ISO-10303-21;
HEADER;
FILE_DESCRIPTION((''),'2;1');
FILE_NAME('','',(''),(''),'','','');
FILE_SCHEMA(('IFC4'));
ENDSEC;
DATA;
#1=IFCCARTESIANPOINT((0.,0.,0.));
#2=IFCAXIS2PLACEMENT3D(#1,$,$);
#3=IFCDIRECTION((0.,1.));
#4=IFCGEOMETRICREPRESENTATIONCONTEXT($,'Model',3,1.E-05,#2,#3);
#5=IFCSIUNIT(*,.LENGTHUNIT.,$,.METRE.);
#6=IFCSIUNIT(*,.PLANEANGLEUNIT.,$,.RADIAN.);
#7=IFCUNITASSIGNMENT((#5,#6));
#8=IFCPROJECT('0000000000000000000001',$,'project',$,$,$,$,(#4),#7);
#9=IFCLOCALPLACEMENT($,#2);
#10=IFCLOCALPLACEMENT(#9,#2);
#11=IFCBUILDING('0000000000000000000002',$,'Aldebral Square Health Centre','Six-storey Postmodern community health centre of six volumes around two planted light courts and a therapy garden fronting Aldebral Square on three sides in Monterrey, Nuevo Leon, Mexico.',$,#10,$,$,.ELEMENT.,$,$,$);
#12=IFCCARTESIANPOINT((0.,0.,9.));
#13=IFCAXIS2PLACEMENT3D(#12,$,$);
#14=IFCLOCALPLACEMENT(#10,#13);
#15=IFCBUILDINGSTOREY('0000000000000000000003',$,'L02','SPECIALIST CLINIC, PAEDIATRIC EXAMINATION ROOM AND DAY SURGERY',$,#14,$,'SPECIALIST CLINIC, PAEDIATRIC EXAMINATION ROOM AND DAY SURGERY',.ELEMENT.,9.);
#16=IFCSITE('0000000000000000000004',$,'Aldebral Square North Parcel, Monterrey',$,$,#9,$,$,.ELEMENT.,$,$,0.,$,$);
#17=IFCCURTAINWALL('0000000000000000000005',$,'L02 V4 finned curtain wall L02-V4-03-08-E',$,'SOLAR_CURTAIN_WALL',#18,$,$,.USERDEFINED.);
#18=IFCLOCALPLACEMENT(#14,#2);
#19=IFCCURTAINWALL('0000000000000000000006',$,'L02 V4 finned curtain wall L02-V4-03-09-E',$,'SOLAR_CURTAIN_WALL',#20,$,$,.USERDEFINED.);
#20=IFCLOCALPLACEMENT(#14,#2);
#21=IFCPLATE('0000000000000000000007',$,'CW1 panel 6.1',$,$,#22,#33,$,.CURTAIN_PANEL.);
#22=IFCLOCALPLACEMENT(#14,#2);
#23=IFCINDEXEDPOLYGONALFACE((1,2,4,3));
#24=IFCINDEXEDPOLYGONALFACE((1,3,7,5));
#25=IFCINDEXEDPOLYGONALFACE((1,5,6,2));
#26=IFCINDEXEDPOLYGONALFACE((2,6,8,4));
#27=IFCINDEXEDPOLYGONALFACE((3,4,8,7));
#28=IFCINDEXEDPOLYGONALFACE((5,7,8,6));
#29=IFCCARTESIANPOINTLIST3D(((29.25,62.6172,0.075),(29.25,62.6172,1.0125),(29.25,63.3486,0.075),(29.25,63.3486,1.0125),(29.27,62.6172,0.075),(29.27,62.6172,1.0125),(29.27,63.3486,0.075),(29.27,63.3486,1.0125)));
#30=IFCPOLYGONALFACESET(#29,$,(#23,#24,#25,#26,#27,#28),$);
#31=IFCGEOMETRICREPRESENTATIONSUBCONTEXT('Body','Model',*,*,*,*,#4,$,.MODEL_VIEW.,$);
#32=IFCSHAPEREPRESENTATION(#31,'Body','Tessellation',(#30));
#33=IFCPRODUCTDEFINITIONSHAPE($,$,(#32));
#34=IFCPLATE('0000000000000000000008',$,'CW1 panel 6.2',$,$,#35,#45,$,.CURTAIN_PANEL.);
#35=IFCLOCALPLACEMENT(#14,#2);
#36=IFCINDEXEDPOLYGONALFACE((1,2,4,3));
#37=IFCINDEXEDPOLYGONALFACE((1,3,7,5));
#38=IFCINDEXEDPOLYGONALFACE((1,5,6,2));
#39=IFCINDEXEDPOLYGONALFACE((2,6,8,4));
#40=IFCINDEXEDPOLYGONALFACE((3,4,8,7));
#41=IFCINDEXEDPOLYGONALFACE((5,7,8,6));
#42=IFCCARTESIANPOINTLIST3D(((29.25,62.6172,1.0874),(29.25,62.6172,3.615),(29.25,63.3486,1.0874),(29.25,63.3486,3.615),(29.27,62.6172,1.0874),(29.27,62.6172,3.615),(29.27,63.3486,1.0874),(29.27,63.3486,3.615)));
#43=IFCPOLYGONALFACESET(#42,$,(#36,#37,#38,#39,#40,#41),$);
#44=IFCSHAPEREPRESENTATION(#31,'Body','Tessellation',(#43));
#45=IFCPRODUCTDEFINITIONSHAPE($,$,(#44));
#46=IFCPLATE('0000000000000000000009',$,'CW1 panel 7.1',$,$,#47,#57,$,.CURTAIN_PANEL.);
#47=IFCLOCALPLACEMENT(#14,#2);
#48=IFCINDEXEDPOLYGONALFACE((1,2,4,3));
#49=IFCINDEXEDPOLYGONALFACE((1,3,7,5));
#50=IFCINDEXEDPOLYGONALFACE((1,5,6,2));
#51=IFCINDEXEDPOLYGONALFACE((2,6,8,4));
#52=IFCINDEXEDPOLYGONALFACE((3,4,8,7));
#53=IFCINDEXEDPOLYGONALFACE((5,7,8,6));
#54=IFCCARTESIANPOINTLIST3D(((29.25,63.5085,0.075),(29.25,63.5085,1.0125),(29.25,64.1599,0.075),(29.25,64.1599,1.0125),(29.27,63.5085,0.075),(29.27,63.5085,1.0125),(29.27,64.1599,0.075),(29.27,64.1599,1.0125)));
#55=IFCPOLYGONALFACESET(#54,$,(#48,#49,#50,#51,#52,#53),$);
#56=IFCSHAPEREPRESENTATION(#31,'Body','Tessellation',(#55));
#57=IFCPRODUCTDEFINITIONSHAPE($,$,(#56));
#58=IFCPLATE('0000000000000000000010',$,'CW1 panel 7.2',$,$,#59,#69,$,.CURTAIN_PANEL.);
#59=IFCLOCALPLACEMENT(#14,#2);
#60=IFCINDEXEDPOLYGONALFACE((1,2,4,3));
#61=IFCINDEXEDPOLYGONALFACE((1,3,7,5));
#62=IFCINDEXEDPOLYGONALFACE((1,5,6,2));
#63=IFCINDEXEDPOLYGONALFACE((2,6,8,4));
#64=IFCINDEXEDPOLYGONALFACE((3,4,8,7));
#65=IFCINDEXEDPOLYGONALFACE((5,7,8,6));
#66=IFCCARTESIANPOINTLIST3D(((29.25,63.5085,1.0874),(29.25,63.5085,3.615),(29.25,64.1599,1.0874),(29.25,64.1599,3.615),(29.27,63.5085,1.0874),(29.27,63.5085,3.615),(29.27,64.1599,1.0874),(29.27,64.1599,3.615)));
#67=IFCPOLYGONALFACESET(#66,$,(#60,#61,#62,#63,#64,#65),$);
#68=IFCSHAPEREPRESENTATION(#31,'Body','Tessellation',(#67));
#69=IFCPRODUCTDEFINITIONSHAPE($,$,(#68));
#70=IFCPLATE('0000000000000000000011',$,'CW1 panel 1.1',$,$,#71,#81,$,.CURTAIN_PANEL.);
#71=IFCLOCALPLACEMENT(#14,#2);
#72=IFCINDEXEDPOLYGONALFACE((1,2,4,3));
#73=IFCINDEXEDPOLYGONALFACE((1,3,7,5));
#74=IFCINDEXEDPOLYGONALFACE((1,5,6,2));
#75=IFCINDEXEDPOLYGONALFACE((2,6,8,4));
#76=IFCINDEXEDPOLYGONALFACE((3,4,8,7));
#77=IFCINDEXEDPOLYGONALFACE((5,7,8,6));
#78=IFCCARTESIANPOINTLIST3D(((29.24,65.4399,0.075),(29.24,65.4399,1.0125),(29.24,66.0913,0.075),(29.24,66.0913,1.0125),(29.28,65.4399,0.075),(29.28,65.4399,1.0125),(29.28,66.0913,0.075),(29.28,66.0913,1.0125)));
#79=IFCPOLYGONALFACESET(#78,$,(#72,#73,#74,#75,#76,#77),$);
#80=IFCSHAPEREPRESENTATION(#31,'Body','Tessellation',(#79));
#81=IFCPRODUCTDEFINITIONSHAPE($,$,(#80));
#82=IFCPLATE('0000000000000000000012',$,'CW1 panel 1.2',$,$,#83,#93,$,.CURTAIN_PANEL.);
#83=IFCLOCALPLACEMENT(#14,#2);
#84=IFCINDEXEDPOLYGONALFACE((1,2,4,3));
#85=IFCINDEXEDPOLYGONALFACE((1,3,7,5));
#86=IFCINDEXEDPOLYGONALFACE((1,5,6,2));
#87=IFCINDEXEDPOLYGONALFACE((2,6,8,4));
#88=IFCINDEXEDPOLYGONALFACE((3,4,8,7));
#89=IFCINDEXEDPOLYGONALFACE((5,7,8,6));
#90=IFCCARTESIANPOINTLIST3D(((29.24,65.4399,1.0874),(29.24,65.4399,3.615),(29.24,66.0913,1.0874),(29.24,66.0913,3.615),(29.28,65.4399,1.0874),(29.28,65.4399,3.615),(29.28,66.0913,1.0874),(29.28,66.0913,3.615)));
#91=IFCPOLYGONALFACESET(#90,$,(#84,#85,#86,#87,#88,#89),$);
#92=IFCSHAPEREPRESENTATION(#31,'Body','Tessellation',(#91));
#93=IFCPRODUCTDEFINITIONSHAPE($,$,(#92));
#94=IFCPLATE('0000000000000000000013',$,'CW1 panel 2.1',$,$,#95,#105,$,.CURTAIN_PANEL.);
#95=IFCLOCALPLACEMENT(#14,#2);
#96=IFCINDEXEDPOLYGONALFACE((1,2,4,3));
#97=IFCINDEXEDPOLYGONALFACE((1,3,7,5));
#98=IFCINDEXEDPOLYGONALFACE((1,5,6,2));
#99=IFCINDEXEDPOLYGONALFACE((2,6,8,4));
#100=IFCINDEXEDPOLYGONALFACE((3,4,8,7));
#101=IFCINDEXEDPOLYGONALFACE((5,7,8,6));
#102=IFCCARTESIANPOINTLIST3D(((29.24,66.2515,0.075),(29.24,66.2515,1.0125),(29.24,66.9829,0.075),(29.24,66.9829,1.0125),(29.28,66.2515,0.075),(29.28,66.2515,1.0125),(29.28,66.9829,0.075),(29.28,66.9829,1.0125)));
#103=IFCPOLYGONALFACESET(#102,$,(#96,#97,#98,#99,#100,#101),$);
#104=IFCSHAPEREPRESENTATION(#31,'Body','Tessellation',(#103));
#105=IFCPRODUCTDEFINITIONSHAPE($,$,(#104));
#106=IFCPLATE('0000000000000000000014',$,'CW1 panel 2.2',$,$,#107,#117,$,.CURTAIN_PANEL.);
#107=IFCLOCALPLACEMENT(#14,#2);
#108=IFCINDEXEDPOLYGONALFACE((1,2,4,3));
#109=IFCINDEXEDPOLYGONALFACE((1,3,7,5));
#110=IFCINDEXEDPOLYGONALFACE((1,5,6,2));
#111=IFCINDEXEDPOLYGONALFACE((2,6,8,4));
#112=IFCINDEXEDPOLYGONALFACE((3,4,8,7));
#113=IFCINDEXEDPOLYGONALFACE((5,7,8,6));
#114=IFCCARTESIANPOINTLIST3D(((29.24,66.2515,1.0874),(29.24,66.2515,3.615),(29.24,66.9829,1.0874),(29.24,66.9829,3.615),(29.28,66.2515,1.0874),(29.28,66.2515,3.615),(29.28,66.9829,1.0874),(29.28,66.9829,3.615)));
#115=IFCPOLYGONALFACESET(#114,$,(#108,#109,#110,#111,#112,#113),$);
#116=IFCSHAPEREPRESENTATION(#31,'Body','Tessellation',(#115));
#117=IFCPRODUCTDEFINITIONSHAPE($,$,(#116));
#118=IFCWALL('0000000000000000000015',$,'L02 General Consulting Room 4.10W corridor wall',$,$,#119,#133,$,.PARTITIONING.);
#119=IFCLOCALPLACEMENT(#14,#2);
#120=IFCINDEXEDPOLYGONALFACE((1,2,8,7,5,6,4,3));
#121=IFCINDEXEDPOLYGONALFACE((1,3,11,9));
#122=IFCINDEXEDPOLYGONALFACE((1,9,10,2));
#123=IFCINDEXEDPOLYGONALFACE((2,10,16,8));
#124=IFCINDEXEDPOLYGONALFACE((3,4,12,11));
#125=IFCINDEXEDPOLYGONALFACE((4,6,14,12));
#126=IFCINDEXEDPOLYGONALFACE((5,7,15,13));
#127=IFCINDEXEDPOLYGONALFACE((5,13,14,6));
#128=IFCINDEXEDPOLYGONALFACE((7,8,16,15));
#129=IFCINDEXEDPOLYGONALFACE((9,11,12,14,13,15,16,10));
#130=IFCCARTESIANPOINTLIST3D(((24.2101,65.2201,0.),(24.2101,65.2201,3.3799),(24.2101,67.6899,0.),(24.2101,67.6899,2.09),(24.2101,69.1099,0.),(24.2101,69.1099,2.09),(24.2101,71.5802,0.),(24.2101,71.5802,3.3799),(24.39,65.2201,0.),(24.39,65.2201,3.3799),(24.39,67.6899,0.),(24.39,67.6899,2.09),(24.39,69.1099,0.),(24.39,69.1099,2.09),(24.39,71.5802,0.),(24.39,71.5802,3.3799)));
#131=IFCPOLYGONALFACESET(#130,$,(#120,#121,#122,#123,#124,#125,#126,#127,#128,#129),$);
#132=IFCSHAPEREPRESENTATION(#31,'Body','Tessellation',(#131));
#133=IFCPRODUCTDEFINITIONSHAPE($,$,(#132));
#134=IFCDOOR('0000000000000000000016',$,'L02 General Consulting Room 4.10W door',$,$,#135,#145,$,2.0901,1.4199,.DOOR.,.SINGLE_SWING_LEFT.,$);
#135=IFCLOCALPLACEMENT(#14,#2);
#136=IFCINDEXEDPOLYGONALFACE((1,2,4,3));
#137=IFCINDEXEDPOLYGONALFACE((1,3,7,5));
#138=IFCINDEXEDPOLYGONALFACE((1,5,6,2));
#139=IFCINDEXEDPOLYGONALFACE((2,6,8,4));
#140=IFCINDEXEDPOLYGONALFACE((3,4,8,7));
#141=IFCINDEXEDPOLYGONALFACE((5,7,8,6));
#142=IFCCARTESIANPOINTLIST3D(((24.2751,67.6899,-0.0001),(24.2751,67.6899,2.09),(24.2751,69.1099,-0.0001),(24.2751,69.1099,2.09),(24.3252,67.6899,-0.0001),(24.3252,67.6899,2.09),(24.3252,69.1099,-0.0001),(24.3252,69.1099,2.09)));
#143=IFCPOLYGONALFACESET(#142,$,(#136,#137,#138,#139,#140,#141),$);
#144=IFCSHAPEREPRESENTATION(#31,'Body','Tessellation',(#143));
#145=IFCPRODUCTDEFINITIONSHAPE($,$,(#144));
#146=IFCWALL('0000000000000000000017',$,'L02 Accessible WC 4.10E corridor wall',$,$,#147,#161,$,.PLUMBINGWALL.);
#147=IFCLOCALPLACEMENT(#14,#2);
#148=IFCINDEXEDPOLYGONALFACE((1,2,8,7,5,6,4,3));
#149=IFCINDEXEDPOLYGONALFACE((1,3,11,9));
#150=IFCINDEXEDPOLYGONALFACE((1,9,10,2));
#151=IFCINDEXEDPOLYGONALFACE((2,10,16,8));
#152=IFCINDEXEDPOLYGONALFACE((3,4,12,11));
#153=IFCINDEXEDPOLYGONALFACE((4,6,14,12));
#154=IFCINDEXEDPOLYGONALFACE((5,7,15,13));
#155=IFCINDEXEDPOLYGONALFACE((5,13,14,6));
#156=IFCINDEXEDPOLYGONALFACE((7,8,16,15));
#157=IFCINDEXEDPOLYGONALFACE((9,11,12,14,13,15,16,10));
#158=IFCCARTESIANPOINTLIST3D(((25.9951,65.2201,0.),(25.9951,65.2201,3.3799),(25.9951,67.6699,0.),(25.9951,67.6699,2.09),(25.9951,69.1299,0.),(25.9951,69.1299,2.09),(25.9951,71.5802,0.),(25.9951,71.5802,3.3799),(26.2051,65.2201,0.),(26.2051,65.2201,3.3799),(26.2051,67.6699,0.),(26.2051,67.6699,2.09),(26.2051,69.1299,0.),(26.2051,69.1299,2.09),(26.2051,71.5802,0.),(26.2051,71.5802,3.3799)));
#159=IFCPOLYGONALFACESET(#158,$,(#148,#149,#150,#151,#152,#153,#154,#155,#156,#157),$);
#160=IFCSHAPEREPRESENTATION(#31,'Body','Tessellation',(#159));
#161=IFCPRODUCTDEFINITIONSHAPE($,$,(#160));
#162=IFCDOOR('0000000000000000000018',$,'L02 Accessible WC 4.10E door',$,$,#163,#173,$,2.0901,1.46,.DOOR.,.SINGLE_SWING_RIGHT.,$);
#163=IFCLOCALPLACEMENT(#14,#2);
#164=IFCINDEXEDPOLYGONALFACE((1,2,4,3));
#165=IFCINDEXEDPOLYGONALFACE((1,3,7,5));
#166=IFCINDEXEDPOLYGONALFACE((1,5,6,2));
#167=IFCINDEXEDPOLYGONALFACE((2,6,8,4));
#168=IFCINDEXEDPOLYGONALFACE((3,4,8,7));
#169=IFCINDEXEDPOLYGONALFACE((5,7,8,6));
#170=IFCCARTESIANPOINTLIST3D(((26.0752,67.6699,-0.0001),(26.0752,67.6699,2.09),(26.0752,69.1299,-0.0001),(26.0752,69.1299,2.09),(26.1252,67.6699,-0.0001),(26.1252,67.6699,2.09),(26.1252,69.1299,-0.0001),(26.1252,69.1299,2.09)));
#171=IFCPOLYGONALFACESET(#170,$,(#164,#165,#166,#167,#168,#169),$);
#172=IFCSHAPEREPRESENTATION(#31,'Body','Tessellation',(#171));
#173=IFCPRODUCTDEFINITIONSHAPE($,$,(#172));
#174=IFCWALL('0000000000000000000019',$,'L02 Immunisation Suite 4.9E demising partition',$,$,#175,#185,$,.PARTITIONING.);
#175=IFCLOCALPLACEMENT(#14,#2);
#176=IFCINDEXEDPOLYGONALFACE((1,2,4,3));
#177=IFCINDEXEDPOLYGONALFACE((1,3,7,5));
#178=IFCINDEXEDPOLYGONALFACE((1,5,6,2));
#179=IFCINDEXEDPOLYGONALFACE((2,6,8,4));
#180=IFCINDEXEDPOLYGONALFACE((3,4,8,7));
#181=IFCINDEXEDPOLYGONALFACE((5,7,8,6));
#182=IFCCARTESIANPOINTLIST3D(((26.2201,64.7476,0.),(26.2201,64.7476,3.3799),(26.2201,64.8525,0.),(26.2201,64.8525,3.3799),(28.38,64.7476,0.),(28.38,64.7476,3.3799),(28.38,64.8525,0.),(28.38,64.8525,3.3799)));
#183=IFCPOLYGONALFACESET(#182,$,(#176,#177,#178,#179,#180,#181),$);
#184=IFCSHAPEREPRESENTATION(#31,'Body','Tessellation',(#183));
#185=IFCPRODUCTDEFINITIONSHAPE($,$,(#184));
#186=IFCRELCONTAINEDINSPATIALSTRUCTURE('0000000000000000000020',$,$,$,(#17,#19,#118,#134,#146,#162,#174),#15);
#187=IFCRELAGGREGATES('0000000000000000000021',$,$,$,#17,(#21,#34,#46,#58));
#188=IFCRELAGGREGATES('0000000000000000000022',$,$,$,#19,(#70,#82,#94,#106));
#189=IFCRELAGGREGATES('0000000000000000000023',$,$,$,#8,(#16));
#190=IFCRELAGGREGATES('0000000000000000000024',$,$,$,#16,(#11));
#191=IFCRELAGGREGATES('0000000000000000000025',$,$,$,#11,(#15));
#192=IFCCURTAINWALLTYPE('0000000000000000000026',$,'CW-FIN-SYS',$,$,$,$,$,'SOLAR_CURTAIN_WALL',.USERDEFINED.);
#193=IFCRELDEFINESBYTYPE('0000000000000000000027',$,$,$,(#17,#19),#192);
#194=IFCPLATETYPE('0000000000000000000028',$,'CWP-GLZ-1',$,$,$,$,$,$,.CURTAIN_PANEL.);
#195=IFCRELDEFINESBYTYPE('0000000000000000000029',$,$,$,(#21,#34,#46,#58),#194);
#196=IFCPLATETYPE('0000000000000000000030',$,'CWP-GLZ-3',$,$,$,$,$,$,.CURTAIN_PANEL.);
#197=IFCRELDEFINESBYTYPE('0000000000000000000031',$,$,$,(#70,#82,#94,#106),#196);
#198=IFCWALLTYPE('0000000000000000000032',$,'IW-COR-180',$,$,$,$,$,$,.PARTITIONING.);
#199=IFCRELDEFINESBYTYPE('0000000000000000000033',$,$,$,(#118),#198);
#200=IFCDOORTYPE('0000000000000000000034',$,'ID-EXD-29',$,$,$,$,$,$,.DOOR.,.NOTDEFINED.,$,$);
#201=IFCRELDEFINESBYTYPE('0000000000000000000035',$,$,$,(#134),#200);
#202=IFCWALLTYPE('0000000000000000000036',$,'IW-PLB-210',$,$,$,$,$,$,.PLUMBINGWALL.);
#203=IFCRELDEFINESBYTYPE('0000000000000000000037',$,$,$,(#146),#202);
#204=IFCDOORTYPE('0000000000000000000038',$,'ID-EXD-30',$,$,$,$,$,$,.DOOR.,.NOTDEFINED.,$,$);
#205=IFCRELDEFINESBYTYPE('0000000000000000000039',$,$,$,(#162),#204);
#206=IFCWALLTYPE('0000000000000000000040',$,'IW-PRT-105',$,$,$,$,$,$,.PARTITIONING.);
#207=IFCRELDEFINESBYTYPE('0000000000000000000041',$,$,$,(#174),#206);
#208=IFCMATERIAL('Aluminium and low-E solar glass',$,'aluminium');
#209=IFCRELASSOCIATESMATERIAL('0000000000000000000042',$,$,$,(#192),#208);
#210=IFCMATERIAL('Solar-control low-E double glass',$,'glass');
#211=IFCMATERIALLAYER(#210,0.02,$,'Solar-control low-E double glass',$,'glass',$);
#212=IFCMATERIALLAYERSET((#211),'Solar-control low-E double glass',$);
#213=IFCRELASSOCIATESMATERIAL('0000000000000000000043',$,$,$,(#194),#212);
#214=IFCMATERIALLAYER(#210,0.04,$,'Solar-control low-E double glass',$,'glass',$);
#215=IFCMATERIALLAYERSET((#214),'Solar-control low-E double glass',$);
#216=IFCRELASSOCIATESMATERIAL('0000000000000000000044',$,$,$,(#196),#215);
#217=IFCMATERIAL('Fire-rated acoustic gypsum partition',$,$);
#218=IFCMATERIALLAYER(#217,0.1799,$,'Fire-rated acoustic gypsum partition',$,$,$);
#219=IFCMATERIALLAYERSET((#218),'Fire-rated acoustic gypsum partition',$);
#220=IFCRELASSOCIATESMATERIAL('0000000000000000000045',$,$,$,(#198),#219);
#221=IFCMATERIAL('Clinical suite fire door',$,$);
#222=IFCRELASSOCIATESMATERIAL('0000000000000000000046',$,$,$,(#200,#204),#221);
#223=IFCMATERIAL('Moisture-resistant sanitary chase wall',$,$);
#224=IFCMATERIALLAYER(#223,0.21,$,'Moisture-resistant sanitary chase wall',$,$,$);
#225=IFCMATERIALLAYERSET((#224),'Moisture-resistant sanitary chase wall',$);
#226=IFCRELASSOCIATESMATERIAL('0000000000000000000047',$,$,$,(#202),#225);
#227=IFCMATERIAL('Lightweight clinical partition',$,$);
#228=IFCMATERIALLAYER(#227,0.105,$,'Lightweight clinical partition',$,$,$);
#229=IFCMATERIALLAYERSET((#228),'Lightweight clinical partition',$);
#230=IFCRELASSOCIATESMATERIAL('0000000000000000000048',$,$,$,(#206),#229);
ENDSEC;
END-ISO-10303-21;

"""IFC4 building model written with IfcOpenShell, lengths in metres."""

from ifc_helpers import new_model, si_unit, direction, frame, frame_2d, origin, origin_2d, place, context, subcontext, project, spatial, rectangle, extrude, material, layer, layer_set, type_object, element, fill, aggregate, save


model = new_model("IFC4")

# Units and contexts
model_context = context("Model", 3, precision=1e-05, world=origin(), true_north=direction((0.0, 1.0)))
body_context = subcontext(model_context, "Body", "Model", "MODEL_VIEW")
ifc_project = project(units=[si_unit("LENGTHUNIT", "METRE"), si_unit("PLANEANGLEUNIT", "RADIAN")], contexts=[model_context])

# Site, building, storey
site_placement = place(None, origin())
site = spatial("IfcSite", under=ifc_project, at=site_placement, Name="Aldebral Square North Parcel, Monterrey", CompositionType="ELEMENT", RefElevation=0.0)
building_placement = place(site_placement, origin())
building = spatial("IfcBuilding", under=site, at=building_placement, Name="Aldebral Square Health Centre", Description="Six-storey Postmodern community health centre of six volumes around two planted light courts and a therapy garden fronting Aldebral Square on three sides in Monterrey, Nuevo Leon, Mexico.", CompositionType="ELEMENT")
storey_placement = place(building_placement, frame((0.0, 0.0, 9.0)))
storey = spatial("IfcBuildingStorey", under=building, at=storey_placement, Name="L02", Description="SPECIALIST CLINIC, PAEDIATRIC EXAMINATION ROOM AND DAY SURGERY", LongName="SPECIALIST CLINIC, PAEDIATRIC EXAMINATION ROOM AND DAY SURGERY", CompositionType="ELEMENT", Elevation=9.0)

# Curtain walls
ifc_material_1 = material(Name="Aluminium and low-E solar glass", Category="aluminium")
curtain_wall_type = type_object("IfcCurtainWallType", Name="CW-FIN-SYS", ElementType="SOLAR_CURTAIN_WALL", PredefinedType="USERDEFINED", material=ifc_material_1)
curtain_wall_1_placement = place(storey_placement, origin())
curtain_wall_1 = element("IfcCurtainWall", 1, at=curtain_wall_1_placement, inside=storey, type_object=curtain_wall_type, Name="L02 V4 finned curtain wall L02-V4-03-08-E", ObjectType="SOLAR_CURTAIN_WALL", PredefinedType="USERDEFINED")
curtain_wall_2_placement = place(storey_placement, origin())
curtain_wall_2 = element("IfcCurtainWall", 2, at=curtain_wall_2_placement, inside=storey, type_object=curtain_wall_type, Name="L02 V4 finned curtain wall L02-V4-03-09-E", ObjectType="SOLAR_CURTAIN_WALL", PredefinedType="USERDEFINED")

# Plates
ifc_material_2 = material(Name="Solar-control low-E double glass", Category="glass")
ifc_layer_1 = layer(ifc_material_2, 0.02, Name="Solar-control low-E double glass", Category="glass")
ifc_layer_set_1 = layer_set([ifc_layer_1], Name="Solar-control low-E double glass")
plate_type_1 = type_object("IfcPlateType", Name="CWP-GLZ-1", PredefinedType="CURTAIN_PANEL", material=ifc_layer_set_1)
plate_1_placement = place(storey_placement, frame((29.26, 62.9829, 0.075), z_axis=(0.0, 0.0, 1.0), x_axis=(0.0, 1.0, 0.0)))
plate_1 = element("IfcPlate", 3, at=plate_1_placement, type_object=plate_type_1, Name="CW1 panel 6.1", PredefinedType="CURTAIN_PANEL", context=body_context, shape_type="SweptSolid", body=[
    extrude(rectangle(XDim=0.7314, YDim=0.02, at=origin_2d()), origin(), (0.0, 0.0, 1.0), 0.9375),
])
plate_2_placement = place(storey_placement, frame((29.26, 62.9829, 1.0874), z_axis=(0.0, 0.0, 1.0), x_axis=(0.0, 1.0, 0.0)))
plate_2 = element("IfcPlate", 4, at=plate_2_placement, type_object=plate_type_1, Name="CW1 panel 6.2", PredefinedType="CURTAIN_PANEL", context=body_context, shape_type="SweptSolid", body=[
    extrude(rectangle(XDim=0.7314, YDim=0.02, at=origin_2d()), origin(), (0.0, 0.0, 1.0), 2.5276),
])
plate_3_placement = place(storey_placement, frame((29.26, 63.8342, 0.075), z_axis=(0.0, 0.0, 1.0), x_axis=(0.0, 1.0, 0.0)))
plate_3 = element("IfcPlate", 5, at=plate_3_placement, type_object=plate_type_1, Name="CW1 panel 7.1", PredefinedType="CURTAIN_PANEL", context=body_context, shape_type="SweptSolid", body=[
    extrude(rectangle(XDim=0.6514, YDim=0.02, at=origin_2d()), origin(), (0.0, 0.0, 1.0), 0.9375),
])
plate_4_placement = place(storey_placement, frame((29.26, 63.8342, 1.0874), z_axis=(0.0, 0.0, 1.0), x_axis=(0.0, 1.0, 0.0)))
plate_4 = element("IfcPlate", 6, at=plate_4_placement, type_object=plate_type_1, Name="CW1 panel 7.2", PredefinedType="CURTAIN_PANEL", context=body_context, shape_type="SweptSolid", body=[
    extrude(rectangle(XDim=0.6514, YDim=0.02, at=origin_2d()), origin(), (0.0, 0.0, 1.0), 2.5276),
])
aggregate(curtain_wall_1, [plate_1, plate_2, plate_3, plate_4])
ifc_layer_2 = layer(ifc_material_2, 0.04, Name="Solar-control low-E double glass", Category="glass")
ifc_layer_set_2 = layer_set([ifc_layer_2], Name="Solar-control low-E double glass")
plate_type_2 = type_object("IfcPlateType", Name="CWP-GLZ-3", PredefinedType="CURTAIN_PANEL", material=ifc_layer_set_2)
plate_5_placement = place(storey_placement, frame((29.26, 65.7656, 0.075), z_axis=(0.0, 0.0, 1.0), x_axis=(0.0, 1.0, 0.0)))
plate_5 = element("IfcPlate", 7, at=plate_5_placement, type_object=plate_type_2, Name="CW1 panel 1.1", PredefinedType="CURTAIN_PANEL", context=body_context, shape_type="SweptSolid", body=[
    extrude(rectangle(XDim=0.6514, YDim=0.04, at=origin_2d()), origin(), (0.0, 0.0, 1.0), 0.9375),
])
plate_6_placement = place(storey_placement, frame((29.26, 65.7656, 1.0874), z_axis=(0.0, 0.0, 1.0), x_axis=(0.0, 1.0, 0.0)))
plate_6 = element("IfcPlate", 8, at=plate_6_placement, type_object=plate_type_2, Name="CW1 panel 1.2", PredefinedType="CURTAIN_PANEL", context=body_context, shape_type="SweptSolid", body=[
    extrude(rectangle(XDim=0.6514, YDim=0.04, at=origin_2d()), origin(), (0.0, 0.0, 1.0), 2.5276),
])
plate_7_placement = place(storey_placement, frame((29.26, 66.6172, 0.075), z_axis=(0.0, 0.0, 1.0), x_axis=(0.0, 1.0, 0.0)))
plate_7 = element("IfcPlate", 9, at=plate_7_placement, type_object=plate_type_2, Name="CW1 panel 2.1", PredefinedType="CURTAIN_PANEL", context=body_context, shape_type="SweptSolid", body=[
    extrude(rectangle(XDim=0.7314, YDim=0.04, at=origin_2d()), origin(), (0.0, 0.0, 1.0), 0.9375),
])
plate_8_placement = place(storey_placement, frame((29.26, 66.6172, 1.0874), z_axis=(0.0, 0.0, 1.0), x_axis=(0.0, 1.0, 0.0)))
plate_8 = element("IfcPlate", 10, at=plate_8_placement, type_object=plate_type_2, Name="CW1 panel 2.2", PredefinedType="CURTAIN_PANEL", context=body_context, shape_type="SweptSolid", body=[
    extrude(rectangle(XDim=0.7314, YDim=0.04, at=origin_2d()), origin(), (0.0, 0.0, 1.0), 2.5276),
])
aggregate(curtain_wall_2, [plate_5, plate_6, plate_7, plate_8])

# Walls, openings, doors
ifc_material_3 = material(Name="Fire-rated acoustic gypsum partition")
ifc_layer_3 = layer(ifc_material_3, 0.1799, Name="Fire-rated acoustic gypsum partition")
ifc_layer_set_3 = layer_set([ifc_layer_3], Name="Fire-rated acoustic gypsum partition")
wall_type_1 = type_object("IfcWallType", Name="IW-COR-180", PredefinedType="PARTITIONING", material=ifc_layer_set_3)
wall_1_placement = place(storey_placement, frame((24.3, 65.22, 0.0), z_axis=(0.0, 0.0, 1.0), x_axis=(0.0, 1.0, 0.0)))
wall_1 = element("IfcWall", 11, at=wall_1_placement, inside=storey, type_object=wall_type_1, Name="L02 General Consulting Room 4.10W corridor wall", PredefinedType="PARTITIONING", context=body_context, shape_type="SweptSolid", body=[
    extrude(rectangle(XDim=6.3601, YDim=0.1799, at=frame_2d((3.1802, 0.0))), origin(), (0.0, 0.0, 1.0), 3.3799),
])
opening_1_placement = place(wall_1_placement, frame((2.47, 0.0, 0.0)))
opening_1 = element("IfcOpeningElement", 12, at=opening_1_placement, cuts=wall_1, PredefinedType="OPENING", context=body_context, shape_type="SweptSolid", body=[
    extrude(rectangle(XDim=1.4199, YDim=2.0901, at=frame_2d((0.71, 1.0449))), frame((0.0, 0.1001, 0.0), z_axis=(0.0, -1.0, 0.0), x_axis=(1.0, 0.0, 0.0)), (0.0, 0.0, 1.0), 0.2),
])
ifc_material_4 = material(Name="Clinical suite fire door")
door_type_1 = type_object("IfcDoorType", Name="ID-EXD-29", OperationType="NOTDEFINED", PredefinedType="DOOR", material=ifc_material_4)
door_1_placement = place(opening_1_placement, origin())
door_1 = element("IfcDoor", 13, at=door_1_placement, inside=storey, type_object=door_type_1, Name="L02 General Consulting Room 4.10W door", OperationType="SINGLE_SWING_LEFT", OverallHeight=2.0901, OverallWidth=1.4199, PredefinedType="DOOR", context=body_context, shape_type="SweptSolid", body=[
    extrude(rectangle(XDim=1.4199, YDim=2.0901, at=frame_2d((0.71, 1.0449))), frame((0.0, 0.0249, 0.0), z_axis=(0.0, -1.0, 0.0), x_axis=(1.0, 0.0, 0.0)), (0.0, 0.0, 1.0), 0.05),
])
fill(opening_1, door_1)
ifc_material_5 = material(Name="Moisture-resistant sanitary chase wall")
ifc_layer_4 = layer(ifc_material_5, 0.21, Name="Moisture-resistant sanitary chase wall")
ifc_layer_set_4 = layer_set([ifc_layer_4], Name="Moisture-resistant sanitary chase wall")
wall_type_2 = type_object("IfcWallType", Name="IW-PLB-210", PredefinedType="PLUMBINGWALL", material=ifc_layer_set_4)
wall_2_placement = place(storey_placement, frame((26.1001, 65.22, 0.0), z_axis=(0.0, 0.0, 1.0), x_axis=(0.0, 1.0, 0.0)))
wall_2 = element("IfcWall", 14, at=wall_2_placement, inside=storey, type_object=wall_type_2, Name="L02 Accessible WC 4.10E corridor wall", PredefinedType="PLUMBINGWALL", context=body_context, shape_type="SweptSolid", body=[
    extrude(rectangle(XDim=6.3601, YDim=0.21, at=frame_2d((3.1802, 0.0))), origin(), (0.0, 0.0, 1.0), 3.3799),
])
opening_2_placement = place(wall_2_placement, frame((2.45, 0.0, 0.0)))
opening_2 = element("IfcOpeningElement", 15, at=opening_2_placement, cuts=wall_2, PredefinedType="OPENING", context=body_context, shape_type="SweptSolid", body=[
    extrude(rectangle(XDim=1.46, YDim=2.0901, at=frame_2d((0.73, 1.0449))), frame((0.0, 0.115, 0.0), z_axis=(0.0, -1.0, 0.0), x_axis=(1.0, 0.0, 0.0)), (0.0, 0.0, 1.0), 0.23),
])
door_type_2 = type_object("IfcDoorType", Name="ID-EXD-30", OperationType="NOTDEFINED", PredefinedType="DOOR", material=ifc_material_4)
door_2_placement = place(opening_2_placement, origin())
door_2 = element("IfcDoor", 16, at=door_2_placement, inside=storey, type_object=door_type_2, Name="L02 Accessible WC 4.10E door", OperationType="SINGLE_SWING_RIGHT", OverallHeight=2.0901, OverallWidth=1.46, PredefinedType="DOOR", context=body_context, shape_type="SweptSolid", body=[
    extrude(rectangle(XDim=1.46, YDim=2.0901, at=frame_2d((0.73, 1.0449))), frame((0.0, 0.0249, 0.0), z_axis=(0.0, -1.0, 0.0), x_axis=(1.0, 0.0, 0.0)), (0.0, 0.0, 1.0), 0.05),
])
fill(opening_2, door_2)

# Wall
ifc_material_6 = material(Name="Lightweight clinical partition")
ifc_layer_5 = layer(ifc_material_6, 0.105, Name="Lightweight clinical partition")
ifc_layer_set_5 = layer_set([ifc_layer_5], Name="Lightweight clinical partition")
wall_type_3 = type_object("IfcWallType", Name="IW-PRT-105", PredefinedType="PARTITIONING", material=ifc_layer_set_5)
wall_3_placement = place(storey_placement, frame((26.22, 64.8, 0.0), z_axis=(0.0, 0.0, 1.0), x_axis=(1.0, 0.0, 0.0)))
element("IfcWall", 17, at=wall_3_placement, inside=storey, type_object=wall_type_3, Name="L02 Immunisation Suite 4.9E demising partition", PredefinedType="PARTITIONING", context=body_context, shape_type="SweptSolid", body=[
    extrude(rectangle(XDim=2.1599, YDim=0.105, at=frame_2d((1.0801, 0.0))), origin(), (0.0, 0.0, 1.0), 3.3799),
])

save(model, "model.ifc")
